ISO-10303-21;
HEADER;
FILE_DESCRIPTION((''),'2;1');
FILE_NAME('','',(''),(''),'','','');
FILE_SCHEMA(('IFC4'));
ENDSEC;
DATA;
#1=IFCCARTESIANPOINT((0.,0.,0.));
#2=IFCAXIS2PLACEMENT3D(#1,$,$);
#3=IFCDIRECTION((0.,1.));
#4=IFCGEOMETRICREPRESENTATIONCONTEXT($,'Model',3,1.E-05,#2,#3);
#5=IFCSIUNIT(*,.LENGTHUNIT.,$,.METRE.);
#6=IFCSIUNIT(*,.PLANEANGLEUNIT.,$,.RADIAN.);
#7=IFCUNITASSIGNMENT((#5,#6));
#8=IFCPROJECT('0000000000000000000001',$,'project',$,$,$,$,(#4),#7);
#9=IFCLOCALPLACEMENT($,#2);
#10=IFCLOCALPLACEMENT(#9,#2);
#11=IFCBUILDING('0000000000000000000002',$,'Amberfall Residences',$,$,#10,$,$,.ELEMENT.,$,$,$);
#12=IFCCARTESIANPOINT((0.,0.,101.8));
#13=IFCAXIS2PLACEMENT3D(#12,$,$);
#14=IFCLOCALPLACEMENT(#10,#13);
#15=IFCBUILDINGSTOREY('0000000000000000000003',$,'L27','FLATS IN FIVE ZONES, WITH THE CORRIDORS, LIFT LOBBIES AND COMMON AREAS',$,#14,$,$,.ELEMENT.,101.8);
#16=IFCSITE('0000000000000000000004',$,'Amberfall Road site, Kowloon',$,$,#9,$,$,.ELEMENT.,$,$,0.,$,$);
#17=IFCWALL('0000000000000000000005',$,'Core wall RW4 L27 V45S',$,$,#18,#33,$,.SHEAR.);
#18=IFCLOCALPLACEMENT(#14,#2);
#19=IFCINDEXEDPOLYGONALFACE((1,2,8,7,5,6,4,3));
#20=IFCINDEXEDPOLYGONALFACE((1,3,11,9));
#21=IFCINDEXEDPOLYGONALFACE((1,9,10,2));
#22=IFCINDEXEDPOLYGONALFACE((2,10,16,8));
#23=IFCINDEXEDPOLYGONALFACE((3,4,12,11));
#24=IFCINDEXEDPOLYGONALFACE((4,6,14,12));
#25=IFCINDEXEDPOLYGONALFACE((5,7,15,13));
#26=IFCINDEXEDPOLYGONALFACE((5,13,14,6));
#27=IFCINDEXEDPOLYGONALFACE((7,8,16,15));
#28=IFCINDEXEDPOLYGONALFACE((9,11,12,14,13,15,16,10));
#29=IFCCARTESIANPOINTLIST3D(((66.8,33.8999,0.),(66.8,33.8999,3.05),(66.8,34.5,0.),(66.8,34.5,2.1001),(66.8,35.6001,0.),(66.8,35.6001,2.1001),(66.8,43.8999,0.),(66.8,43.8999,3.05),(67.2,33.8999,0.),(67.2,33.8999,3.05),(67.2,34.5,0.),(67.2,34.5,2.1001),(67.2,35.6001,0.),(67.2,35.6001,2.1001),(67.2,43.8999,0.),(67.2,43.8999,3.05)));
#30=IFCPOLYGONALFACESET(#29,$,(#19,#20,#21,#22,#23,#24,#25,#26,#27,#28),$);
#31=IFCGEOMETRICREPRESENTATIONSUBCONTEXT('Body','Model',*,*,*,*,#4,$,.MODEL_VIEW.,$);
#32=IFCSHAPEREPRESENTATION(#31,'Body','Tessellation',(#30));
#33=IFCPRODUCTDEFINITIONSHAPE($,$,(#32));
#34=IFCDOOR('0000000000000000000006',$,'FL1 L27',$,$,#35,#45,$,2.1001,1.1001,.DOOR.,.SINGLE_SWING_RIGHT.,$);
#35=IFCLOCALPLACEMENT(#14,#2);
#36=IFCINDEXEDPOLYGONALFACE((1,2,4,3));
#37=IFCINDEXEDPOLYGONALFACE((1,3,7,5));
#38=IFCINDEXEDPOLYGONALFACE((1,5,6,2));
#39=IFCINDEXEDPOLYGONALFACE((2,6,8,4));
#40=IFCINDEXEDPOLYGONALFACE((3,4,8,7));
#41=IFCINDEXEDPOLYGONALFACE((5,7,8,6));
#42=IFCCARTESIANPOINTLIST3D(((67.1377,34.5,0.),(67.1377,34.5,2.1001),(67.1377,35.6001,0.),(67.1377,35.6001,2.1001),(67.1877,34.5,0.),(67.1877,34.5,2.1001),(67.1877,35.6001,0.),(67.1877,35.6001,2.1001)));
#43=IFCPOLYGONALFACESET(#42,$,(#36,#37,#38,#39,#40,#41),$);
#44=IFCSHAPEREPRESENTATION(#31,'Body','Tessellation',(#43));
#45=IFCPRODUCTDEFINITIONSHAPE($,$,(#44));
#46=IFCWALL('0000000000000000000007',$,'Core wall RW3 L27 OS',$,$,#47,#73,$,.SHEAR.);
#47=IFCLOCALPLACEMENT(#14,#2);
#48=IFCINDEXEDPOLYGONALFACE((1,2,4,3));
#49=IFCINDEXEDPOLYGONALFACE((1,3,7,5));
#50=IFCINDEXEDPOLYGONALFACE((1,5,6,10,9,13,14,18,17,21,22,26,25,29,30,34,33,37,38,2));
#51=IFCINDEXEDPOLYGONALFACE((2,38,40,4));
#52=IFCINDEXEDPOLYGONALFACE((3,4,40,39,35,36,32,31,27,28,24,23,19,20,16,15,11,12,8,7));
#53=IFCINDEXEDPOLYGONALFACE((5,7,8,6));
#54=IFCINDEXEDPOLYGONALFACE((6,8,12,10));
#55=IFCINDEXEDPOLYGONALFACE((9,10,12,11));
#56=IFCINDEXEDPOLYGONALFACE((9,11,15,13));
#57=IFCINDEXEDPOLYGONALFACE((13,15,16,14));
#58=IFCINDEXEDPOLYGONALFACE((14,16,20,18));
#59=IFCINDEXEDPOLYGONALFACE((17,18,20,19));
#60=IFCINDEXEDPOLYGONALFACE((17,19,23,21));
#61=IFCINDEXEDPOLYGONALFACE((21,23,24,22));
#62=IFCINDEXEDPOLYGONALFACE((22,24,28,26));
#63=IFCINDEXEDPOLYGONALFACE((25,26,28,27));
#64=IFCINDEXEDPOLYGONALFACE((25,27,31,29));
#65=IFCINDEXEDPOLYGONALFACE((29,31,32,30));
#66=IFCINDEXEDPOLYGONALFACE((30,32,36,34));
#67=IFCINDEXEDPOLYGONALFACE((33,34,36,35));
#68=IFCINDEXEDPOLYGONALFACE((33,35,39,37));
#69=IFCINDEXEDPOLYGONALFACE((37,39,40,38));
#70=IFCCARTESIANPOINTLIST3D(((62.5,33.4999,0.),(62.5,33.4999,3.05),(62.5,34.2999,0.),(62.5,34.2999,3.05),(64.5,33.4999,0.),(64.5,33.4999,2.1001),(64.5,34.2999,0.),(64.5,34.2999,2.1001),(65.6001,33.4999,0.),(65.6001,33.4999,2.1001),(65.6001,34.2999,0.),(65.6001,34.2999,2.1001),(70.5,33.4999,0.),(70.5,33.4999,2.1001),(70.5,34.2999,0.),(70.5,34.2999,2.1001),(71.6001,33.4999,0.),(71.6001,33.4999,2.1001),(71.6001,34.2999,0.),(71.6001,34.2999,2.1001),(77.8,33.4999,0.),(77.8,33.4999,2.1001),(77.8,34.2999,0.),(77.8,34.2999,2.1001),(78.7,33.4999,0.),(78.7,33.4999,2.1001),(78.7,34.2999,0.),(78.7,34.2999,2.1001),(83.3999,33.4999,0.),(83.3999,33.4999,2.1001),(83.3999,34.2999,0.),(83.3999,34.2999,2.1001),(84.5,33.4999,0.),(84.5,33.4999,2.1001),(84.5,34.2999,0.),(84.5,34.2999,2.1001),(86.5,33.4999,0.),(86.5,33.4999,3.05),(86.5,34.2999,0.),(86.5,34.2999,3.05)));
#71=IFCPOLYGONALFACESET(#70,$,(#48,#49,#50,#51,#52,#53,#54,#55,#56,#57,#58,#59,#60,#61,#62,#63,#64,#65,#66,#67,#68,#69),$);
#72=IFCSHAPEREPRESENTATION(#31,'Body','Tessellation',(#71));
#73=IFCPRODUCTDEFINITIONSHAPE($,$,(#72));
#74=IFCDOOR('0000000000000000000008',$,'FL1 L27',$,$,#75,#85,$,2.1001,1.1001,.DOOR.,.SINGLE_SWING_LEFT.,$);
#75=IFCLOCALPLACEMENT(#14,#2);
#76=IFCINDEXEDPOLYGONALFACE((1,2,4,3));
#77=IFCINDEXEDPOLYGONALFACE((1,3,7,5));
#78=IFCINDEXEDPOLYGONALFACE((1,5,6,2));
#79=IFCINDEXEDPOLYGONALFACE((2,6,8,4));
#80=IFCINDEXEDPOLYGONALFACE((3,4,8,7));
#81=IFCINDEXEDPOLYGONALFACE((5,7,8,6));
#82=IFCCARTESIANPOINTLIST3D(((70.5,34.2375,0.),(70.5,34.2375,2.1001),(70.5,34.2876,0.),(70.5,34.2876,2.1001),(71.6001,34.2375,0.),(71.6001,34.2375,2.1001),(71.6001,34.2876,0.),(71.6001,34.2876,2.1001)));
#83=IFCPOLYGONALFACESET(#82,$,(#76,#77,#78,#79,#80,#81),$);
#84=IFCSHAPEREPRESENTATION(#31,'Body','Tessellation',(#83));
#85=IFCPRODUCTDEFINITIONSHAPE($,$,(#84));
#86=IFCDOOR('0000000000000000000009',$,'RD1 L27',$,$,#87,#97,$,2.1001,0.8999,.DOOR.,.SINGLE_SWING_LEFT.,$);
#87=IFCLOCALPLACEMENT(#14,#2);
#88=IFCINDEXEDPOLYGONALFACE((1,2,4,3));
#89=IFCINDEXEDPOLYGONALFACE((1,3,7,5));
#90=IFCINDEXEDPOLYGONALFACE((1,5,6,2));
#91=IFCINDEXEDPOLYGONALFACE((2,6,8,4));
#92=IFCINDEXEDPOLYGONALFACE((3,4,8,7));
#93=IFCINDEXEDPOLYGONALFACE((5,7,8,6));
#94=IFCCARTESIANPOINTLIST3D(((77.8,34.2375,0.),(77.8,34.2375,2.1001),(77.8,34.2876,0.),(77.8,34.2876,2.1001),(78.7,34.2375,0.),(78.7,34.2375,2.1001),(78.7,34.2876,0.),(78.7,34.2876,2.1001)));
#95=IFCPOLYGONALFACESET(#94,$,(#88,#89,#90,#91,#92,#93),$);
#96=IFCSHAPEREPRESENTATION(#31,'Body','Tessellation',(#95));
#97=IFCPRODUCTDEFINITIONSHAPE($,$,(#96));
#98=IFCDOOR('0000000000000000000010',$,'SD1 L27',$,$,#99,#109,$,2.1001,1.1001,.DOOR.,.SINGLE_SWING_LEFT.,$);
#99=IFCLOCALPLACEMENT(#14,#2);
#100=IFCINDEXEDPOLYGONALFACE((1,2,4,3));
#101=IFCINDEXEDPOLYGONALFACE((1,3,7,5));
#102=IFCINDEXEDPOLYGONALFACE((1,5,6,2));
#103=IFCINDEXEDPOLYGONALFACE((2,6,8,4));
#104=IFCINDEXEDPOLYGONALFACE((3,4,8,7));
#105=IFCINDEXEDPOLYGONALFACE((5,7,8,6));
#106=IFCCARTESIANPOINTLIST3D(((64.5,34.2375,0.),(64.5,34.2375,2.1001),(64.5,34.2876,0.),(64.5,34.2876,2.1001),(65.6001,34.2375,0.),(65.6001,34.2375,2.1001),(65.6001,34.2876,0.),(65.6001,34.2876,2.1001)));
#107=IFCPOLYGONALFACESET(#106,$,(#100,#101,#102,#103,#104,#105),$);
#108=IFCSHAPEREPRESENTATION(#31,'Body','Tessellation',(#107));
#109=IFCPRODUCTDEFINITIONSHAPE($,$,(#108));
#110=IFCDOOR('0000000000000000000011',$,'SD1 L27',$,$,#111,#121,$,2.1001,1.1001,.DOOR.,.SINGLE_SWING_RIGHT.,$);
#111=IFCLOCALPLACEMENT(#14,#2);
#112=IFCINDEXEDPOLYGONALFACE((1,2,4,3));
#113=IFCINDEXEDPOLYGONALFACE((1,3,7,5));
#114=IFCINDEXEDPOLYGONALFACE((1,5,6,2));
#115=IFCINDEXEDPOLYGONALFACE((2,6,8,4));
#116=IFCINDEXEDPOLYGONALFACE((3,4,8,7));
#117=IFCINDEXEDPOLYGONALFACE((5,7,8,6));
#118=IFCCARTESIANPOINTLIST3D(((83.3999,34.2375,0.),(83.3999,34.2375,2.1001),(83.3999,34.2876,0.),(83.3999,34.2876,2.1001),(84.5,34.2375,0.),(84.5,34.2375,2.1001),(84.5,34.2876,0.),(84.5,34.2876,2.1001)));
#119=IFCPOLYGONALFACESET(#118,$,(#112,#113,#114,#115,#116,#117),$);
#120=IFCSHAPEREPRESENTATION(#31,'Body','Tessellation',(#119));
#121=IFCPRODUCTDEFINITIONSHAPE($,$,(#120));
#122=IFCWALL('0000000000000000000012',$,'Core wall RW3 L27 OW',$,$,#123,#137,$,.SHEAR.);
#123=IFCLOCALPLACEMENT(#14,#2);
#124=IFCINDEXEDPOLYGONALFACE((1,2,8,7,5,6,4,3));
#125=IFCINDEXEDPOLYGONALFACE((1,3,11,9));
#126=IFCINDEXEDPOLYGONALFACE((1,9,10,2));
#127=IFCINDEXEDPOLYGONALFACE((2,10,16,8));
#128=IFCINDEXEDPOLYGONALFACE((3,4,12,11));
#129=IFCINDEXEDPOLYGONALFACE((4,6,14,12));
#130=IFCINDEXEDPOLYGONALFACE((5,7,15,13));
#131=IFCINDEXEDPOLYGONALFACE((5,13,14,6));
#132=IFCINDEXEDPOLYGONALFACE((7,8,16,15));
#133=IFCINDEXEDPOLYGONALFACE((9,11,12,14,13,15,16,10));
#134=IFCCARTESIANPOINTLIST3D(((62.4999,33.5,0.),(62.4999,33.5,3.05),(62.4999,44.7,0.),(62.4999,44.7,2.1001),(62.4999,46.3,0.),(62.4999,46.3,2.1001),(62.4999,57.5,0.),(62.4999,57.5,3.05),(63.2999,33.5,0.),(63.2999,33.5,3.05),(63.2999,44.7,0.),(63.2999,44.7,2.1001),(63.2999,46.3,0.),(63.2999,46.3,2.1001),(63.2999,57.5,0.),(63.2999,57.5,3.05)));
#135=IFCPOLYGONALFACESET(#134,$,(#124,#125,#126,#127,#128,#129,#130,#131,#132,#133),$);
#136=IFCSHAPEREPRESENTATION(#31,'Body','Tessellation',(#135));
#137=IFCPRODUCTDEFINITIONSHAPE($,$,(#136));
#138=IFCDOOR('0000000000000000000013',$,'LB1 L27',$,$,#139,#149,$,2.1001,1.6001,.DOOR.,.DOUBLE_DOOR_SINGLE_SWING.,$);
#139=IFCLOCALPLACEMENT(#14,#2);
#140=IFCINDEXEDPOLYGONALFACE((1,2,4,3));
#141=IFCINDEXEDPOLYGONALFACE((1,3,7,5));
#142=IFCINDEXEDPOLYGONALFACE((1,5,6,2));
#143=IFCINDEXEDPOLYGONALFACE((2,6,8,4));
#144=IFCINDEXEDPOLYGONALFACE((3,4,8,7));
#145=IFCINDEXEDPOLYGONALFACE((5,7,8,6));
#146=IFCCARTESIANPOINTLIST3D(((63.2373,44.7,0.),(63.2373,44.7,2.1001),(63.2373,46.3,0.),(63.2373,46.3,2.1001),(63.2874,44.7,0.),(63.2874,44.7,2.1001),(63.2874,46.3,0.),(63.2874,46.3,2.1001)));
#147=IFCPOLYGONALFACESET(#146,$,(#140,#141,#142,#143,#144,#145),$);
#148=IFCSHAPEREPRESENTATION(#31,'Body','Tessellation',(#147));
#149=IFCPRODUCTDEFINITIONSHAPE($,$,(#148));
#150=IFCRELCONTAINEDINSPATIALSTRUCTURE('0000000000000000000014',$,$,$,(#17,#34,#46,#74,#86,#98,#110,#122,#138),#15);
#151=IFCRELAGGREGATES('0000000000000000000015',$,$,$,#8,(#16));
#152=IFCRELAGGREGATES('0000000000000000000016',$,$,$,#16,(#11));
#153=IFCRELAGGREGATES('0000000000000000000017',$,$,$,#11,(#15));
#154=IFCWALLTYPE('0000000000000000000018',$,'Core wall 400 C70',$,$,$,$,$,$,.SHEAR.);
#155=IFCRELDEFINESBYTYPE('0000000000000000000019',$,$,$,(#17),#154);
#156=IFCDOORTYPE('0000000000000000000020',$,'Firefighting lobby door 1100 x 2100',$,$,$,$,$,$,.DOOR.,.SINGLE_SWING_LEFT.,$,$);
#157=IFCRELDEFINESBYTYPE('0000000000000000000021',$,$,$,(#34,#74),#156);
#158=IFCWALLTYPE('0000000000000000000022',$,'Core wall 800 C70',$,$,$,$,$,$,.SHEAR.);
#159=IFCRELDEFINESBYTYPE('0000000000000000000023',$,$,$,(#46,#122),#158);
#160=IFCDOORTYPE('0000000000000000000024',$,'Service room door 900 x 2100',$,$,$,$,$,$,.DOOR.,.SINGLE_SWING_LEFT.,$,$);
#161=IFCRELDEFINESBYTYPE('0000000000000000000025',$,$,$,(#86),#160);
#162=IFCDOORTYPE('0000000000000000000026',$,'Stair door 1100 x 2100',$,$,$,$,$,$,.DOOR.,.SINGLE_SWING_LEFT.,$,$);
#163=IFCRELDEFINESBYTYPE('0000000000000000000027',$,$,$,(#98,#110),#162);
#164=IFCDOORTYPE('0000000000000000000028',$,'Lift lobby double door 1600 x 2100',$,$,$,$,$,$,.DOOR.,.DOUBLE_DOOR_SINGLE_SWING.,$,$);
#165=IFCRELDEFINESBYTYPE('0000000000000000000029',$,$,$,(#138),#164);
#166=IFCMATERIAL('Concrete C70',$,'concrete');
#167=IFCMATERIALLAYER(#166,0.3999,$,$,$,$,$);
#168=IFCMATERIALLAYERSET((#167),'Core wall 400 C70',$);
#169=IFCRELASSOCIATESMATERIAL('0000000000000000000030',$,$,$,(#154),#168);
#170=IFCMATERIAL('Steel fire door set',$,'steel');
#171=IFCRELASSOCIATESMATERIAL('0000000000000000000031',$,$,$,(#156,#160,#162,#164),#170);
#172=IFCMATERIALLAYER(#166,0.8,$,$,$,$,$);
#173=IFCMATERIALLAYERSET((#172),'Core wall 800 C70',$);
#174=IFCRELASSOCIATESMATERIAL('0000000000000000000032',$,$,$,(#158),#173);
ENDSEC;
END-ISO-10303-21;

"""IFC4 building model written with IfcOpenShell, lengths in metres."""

from ifc_helpers import new_model, si_unit, direction, frame, frame_2d, origin, place, context, subcontext, project, spatial, rectangle, extrude, material, layer, layer_set, type_object, element, fill, save


model = new_model("IFC4")

# Units and contexts
model_context = context("Model", 3, precision=1e-05, world=origin(), true_north=direction((0.0, 1.0)))
body_context = subcontext(model_context, "Body", "Model", "MODEL_VIEW")
ifc_project = project(units=[si_unit("LENGTHUNIT", "METRE"), si_unit("PLANEANGLEUNIT", "RADIAN")], contexts=[model_context])

# Site, building, storey
site_placement = place(None, origin())
site = spatial("IfcSite", under=ifc_project, at=site_placement, Name="Amberfall Road site, Kowloon", CompositionType="ELEMENT", RefElevation=0.0)
building_placement = place(site_placement, origin())
building = spatial("IfcBuilding", under=site, at=building_placement, Name="Amberfall Residences", CompositionType="ELEMENT")
storey_placement = place(building_placement, frame((0.0, 0.0, 101.8)))
storey = spatial("IfcBuildingStorey", under=building, at=storey_placement, Name="L27", Description="FLATS IN FIVE ZONES, WITH THE CORRIDORS, LIFT LOBBIES AND COMMON AREAS", CompositionType="ELEMENT", Elevation=101.8)

# Wall, opening, door
ifc_material_1 = material(Name="Concrete C70", Category="concrete")
ifc_layer_1 = layer(ifc_material_1, 0.3999)
ifc_layer_set_1 = layer_set([ifc_layer_1], Name="Core wall 400 C70")
wall_type_1 = type_object("IfcWallType", Name="Core wall 400 C70", PredefinedType="SHEAR", material=ifc_layer_set_1)
wall_1_placement = place(storey_placement, frame((67.0, 33.8999, 0.0), z_axis=(0.0, 0.0, 1.0), x_axis=(0.0, 1.0, 0.0)))
wall_1 = element("IfcWall", 1, at=wall_1_placement, inside=storey, type_object=wall_type_1, Name="Core wall RW4 L27 V45S", PredefinedType="SHEAR", context=body_context, shape_type="SweptSolid", body=[
    extrude(rectangle(XDim=10.0, YDim=0.3999, at=frame_2d((5.0, 0.0))), origin(), (0.0, 0.0, 1.0), 3.05),
])
opening_1_placement = place(wall_1_placement, frame((0.6001, 0.0, 0.0)))
opening_1 = element("IfcOpeningElement", 2, at=opening_1_placement, cuts=wall_1, PredefinedType="OPENING", context=body_context, shape_type="SweptSolid", body=[
    extrude(rectangle(XDim=1.1001, YDim=2.1001, at=frame_2d((0.55, 1.05))), frame((0.0, 0.21, 0.0), z_axis=(0.0, -1.0, 0.0), x_axis=(1.0, 0.0, 0.0)), (0.0, 0.0, 1.0), 0.4199),
])
ifc_material_2 = material(Name="Steel fire door set", Category="steel")
door_type_1 = type_object("IfcDoorType", Name="Firefighting lobby door 1100 x 2100", OperationType="SINGLE_SWING_LEFT", PredefinedType="DOOR", material=ifc_material_2)
door_1_placement = place(opening_1_placement, origin())
door_1 = element("IfcDoor", 3, at=door_1_placement, inside=storey, type_object=door_type_1, Name="FL1 L27", OperationType="SINGLE_SWING_RIGHT", OverallHeight=2.1001, OverallWidth=1.1001, PredefinedType="DOOR", context=body_context, shape_type="SweptSolid", body=[
    extrude(rectangle(XDim=1.1001, YDim=2.1001, at=frame_2d((0.55, 1.05))), frame((0.0, -0.1377, 0.0), z_axis=(0.0, -1.0, 0.0), x_axis=(1.0, 0.0, 0.0)), (0.0, 0.0, 1.0), 0.05),
])
fill(opening_1, door_1)

# Wall, openings, doors
ifc_layer_2 = layer(ifc_material_1, 0.8)
ifc_layer_set_2 = layer_set([ifc_layer_2], Name="Core wall 800 C70")
wall_type_2 = type_object("IfcWallType", Name="Core wall 800 C70", PredefinedType="SHEAR", material=ifc_layer_set_2)
wall_2_placement = place(storey_placement, frame((62.5, 33.8999, 0.0), z_axis=(0.0, 0.0, 1.0), x_axis=(1.0, 0.0, 0.0)))
wall_2 = element("IfcWall", 4, at=wall_2_placement, inside=storey, type_object=wall_type_2, Name="Core wall RW3 L27 OS", PredefinedType="SHEAR", context=body_context, shape_type="SweptSolid", body=[
    extrude(rectangle(XDim=24.0, YDim=0.8, at=frame_2d((12.0, 0.0))), origin(), (0.0, 0.0, 1.0), 3.05),
])
opening_2_placement = place(wall_2_placement, frame((2.0, 0.0, 0.0)))
opening_2 = element("IfcOpeningElement", 5, at=opening_2_placement, cuts=wall_2, PredefinedType="OPENING", context=body_context, shape_type="SweptSolid", body=[
    extrude(rectangle(XDim=1.1001, YDim=2.1001, at=frame_2d((0.55, 1.05))), frame((0.0, 0.4099, 0.0), z_axis=(0.0, -1.0, 0.0), x_axis=(1.0, 0.0, 0.0)), (0.0, 0.0, 1.0), 0.8201),
])
opening_3_placement = place(wall_2_placement, frame((20.8999, 0.0, 0.0)))
opening_3 = element("IfcOpeningElement", 6, at=opening_3_placement, cuts=wall_2, PredefinedType="OPENING", context=body_context, shape_type="SweptSolid", body=[
    extrude(rectangle(XDim=1.1001, YDim=2.1001, at=frame_2d((0.55, 1.05))), frame((0.0, 0.4099, 0.0), z_axis=(0.0, -1.0, 0.0), x_axis=(1.0, 0.0, 0.0)), (0.0, 0.0, 1.0), 0.8201),
])
opening_4_placement = place(wall_2_placement, frame((8.0, 0.0, 0.0)))
opening_4 = element("IfcOpeningElement", 7, at=opening_4_placement, cuts=wall_2, PredefinedType="OPENING", context=body_context, shape_type="SweptSolid", body=[
    extrude(rectangle(XDim=1.1001, YDim=2.1001, at=frame_2d((0.55, 1.05))), frame((0.0, 0.4099, 0.0), z_axis=(0.0, -1.0, 0.0), x_axis=(1.0, 0.0, 0.0)), (0.0, 0.0, 1.0), 0.8201),
])
opening_5_placement = place(wall_2_placement, frame((15.3, 0.0, 0.0)))
opening_5 = element("IfcOpeningElement", 8, at=opening_5_placement, cuts=wall_2, PredefinedType="OPENING", context=body_context, shape_type="SweptSolid", body=[
    extrude(rectangle(XDim=0.8999, YDim=2.1001, at=frame_2d((0.45, 1.05))), frame((0.0, 0.4099, 0.0), z_axis=(0.0, -1.0, 0.0), x_axis=(1.0, 0.0, 0.0)), (0.0, 0.0, 1.0), 0.8201),
])
door_2_placement = place(opening_4_placement, origin())
door_2 = element("IfcDoor", 9, at=door_2_placement, inside=storey, type_object=door_type_1, Name="FL1 L27", OperationType="SINGLE_SWING_LEFT", OverallHeight=2.1001, OverallWidth=1.1001, PredefinedType="DOOR", context=body_context, shape_type="SweptSolid", body=[
    extrude(rectangle(XDim=1.1001, YDim=2.1001, at=frame_2d((0.55, 1.05))), frame((0.0, 0.3877, 0.0), z_axis=(0.0, -1.0, 0.0), x_axis=(1.0, 0.0, 0.0)), (0.0, 0.0, 1.0), 0.05),
])
fill(opening_4, door_2)
door_type_2 = type_object("IfcDoorType", Name="Service room door 900 x 2100", OperationType="SINGLE_SWING_LEFT", PredefinedType="DOOR", material=ifc_material_2)
door_3_placement = place(opening_5_placement, origin())
door_3 = element("IfcDoor", 10, at=door_3_placement, inside=storey, type_object=door_type_2, Name="RD1 L27", OperationType="SINGLE_SWING_LEFT", OverallHeight=2.1001, OverallWidth=0.8999, PredefinedType="DOOR", context=body_context, shape_type="SweptSolid", body=[
    extrude(rectangle(XDim=0.8999, YDim=2.1001, at=frame_2d((0.45, 1.05))), frame((0.0, 0.3877, 0.0), z_axis=(0.0, -1.0, 0.0), x_axis=(1.0, 0.0, 0.0)), (0.0, 0.0, 1.0), 0.05),
])
fill(opening_5, door_3)
door_type_3 = type_object("IfcDoorType", Name="Stair door 1100 x 2100", OperationType="SINGLE_SWING_LEFT", PredefinedType="DOOR", material=ifc_material_2)
door_4_placement = place(opening_2_placement, origin())
door_4 = element("IfcDoor", 11, at=door_4_placement, inside=storey, type_object=door_type_3, Name="SD1 L27", OperationType="SINGLE_SWING_LEFT", OverallHeight=2.1001, OverallWidth=1.1001, PredefinedType="DOOR", context=body_context, shape_type="SweptSolid", body=[
    extrude(rectangle(XDim=1.1001, YDim=2.1001, at=frame_2d((0.55, 1.05))), frame((0.0, 0.3877, 0.0), z_axis=(0.0, -1.0, 0.0), x_axis=(1.0, 0.0, 0.0)), (0.0, 0.0, 1.0), 0.05),
])
fill(opening_2, door_4)
door_5_placement = place(opening_3_placement, origin())
door_5 = element("IfcDoor", 12, at=door_5_placement, inside=storey, type_object=door_type_3, Name="SD1 L27", OperationType="SINGLE_SWING_RIGHT", OverallHeight=2.1001, OverallWidth=1.1001, PredefinedType="DOOR", context=body_context, shape_type="SweptSolid", body=[
    extrude(rectangle(XDim=1.1001, YDim=2.1001, at=frame_2d((0.55, 1.05))), frame((0.0, 0.3877, 0.0), z_axis=(0.0, -1.0, 0.0), x_axis=(1.0, 0.0, 0.0)), (0.0, 0.0, 1.0), 0.05),
])
fill(opening_3, door_5)

# Wall, opening, door
wall_3_placement = place(storey_placement, frame((62.8999, 33.5, 0.0), z_axis=(0.0, 0.0, 1.0), x_axis=(0.0, 1.0, 0.0)))
wall_3 = element("IfcWall", 13, at=wall_3_placement, inside=storey, type_object=wall_type_2, Name="Core wall RW3 L27 OW", PredefinedType="SHEAR", context=body_context, shape_type="SweptSolid", body=[
    extrude(rectangle(XDim=24.0, YDim=0.8, at=frame_2d((12.0, 0.0))), origin(), (0.0, 0.0, 1.0), 3.05),
])
opening_6_placement = place(wall_3_placement, frame((11.2, 0.0, 0.0)))
opening_6 = element("IfcOpeningElement", 14, at=opening_6_placement, cuts=wall_3, PredefinedType="OPENING", context=body_context, shape_type="SweptSolid", body=[
    extrude(rectangle(XDim=1.6001, YDim=2.1001, at=frame_2d((0.8, 1.05))), frame((0.0, 0.4099, 0.0), z_axis=(0.0, -1.0, 0.0), x_axis=(1.0, 0.0, 0.0)), (0.0, 0.0, 1.0), 0.8201),
])
door_type_4 = type_object("IfcDoorType", Name="Lift lobby double door 1600 x 2100", OperationType="DOUBLE_DOOR_SINGLE_SWING", PredefinedType="DOOR", material=ifc_material_2)
door_6_placement = place(opening_6_placement, origin())
door_6 = element("IfcDoor", 15, at=door_6_placement, inside=storey, type_object=door_type_4, Name="LB1 L27", OperationType="DOUBLE_DOOR_SINGLE_SWING", OverallHeight=2.1001, OverallWidth=1.6001, PredefinedType="DOOR", context=body_context, shape_type="SweptSolid", body=[
    extrude(rectangle(XDim=1.6001, YDim=2.1001, at=frame_2d((0.8, 1.05))), frame((0.0, -0.3374, 0.0), z_axis=(0.0, -1.0, 0.0), x_axis=(1.0, 0.0, 0.0)), (0.0, 0.0, 1.0), 0.05),
])
fill(opening_6, door_6)

save(model, "model.ifc")
